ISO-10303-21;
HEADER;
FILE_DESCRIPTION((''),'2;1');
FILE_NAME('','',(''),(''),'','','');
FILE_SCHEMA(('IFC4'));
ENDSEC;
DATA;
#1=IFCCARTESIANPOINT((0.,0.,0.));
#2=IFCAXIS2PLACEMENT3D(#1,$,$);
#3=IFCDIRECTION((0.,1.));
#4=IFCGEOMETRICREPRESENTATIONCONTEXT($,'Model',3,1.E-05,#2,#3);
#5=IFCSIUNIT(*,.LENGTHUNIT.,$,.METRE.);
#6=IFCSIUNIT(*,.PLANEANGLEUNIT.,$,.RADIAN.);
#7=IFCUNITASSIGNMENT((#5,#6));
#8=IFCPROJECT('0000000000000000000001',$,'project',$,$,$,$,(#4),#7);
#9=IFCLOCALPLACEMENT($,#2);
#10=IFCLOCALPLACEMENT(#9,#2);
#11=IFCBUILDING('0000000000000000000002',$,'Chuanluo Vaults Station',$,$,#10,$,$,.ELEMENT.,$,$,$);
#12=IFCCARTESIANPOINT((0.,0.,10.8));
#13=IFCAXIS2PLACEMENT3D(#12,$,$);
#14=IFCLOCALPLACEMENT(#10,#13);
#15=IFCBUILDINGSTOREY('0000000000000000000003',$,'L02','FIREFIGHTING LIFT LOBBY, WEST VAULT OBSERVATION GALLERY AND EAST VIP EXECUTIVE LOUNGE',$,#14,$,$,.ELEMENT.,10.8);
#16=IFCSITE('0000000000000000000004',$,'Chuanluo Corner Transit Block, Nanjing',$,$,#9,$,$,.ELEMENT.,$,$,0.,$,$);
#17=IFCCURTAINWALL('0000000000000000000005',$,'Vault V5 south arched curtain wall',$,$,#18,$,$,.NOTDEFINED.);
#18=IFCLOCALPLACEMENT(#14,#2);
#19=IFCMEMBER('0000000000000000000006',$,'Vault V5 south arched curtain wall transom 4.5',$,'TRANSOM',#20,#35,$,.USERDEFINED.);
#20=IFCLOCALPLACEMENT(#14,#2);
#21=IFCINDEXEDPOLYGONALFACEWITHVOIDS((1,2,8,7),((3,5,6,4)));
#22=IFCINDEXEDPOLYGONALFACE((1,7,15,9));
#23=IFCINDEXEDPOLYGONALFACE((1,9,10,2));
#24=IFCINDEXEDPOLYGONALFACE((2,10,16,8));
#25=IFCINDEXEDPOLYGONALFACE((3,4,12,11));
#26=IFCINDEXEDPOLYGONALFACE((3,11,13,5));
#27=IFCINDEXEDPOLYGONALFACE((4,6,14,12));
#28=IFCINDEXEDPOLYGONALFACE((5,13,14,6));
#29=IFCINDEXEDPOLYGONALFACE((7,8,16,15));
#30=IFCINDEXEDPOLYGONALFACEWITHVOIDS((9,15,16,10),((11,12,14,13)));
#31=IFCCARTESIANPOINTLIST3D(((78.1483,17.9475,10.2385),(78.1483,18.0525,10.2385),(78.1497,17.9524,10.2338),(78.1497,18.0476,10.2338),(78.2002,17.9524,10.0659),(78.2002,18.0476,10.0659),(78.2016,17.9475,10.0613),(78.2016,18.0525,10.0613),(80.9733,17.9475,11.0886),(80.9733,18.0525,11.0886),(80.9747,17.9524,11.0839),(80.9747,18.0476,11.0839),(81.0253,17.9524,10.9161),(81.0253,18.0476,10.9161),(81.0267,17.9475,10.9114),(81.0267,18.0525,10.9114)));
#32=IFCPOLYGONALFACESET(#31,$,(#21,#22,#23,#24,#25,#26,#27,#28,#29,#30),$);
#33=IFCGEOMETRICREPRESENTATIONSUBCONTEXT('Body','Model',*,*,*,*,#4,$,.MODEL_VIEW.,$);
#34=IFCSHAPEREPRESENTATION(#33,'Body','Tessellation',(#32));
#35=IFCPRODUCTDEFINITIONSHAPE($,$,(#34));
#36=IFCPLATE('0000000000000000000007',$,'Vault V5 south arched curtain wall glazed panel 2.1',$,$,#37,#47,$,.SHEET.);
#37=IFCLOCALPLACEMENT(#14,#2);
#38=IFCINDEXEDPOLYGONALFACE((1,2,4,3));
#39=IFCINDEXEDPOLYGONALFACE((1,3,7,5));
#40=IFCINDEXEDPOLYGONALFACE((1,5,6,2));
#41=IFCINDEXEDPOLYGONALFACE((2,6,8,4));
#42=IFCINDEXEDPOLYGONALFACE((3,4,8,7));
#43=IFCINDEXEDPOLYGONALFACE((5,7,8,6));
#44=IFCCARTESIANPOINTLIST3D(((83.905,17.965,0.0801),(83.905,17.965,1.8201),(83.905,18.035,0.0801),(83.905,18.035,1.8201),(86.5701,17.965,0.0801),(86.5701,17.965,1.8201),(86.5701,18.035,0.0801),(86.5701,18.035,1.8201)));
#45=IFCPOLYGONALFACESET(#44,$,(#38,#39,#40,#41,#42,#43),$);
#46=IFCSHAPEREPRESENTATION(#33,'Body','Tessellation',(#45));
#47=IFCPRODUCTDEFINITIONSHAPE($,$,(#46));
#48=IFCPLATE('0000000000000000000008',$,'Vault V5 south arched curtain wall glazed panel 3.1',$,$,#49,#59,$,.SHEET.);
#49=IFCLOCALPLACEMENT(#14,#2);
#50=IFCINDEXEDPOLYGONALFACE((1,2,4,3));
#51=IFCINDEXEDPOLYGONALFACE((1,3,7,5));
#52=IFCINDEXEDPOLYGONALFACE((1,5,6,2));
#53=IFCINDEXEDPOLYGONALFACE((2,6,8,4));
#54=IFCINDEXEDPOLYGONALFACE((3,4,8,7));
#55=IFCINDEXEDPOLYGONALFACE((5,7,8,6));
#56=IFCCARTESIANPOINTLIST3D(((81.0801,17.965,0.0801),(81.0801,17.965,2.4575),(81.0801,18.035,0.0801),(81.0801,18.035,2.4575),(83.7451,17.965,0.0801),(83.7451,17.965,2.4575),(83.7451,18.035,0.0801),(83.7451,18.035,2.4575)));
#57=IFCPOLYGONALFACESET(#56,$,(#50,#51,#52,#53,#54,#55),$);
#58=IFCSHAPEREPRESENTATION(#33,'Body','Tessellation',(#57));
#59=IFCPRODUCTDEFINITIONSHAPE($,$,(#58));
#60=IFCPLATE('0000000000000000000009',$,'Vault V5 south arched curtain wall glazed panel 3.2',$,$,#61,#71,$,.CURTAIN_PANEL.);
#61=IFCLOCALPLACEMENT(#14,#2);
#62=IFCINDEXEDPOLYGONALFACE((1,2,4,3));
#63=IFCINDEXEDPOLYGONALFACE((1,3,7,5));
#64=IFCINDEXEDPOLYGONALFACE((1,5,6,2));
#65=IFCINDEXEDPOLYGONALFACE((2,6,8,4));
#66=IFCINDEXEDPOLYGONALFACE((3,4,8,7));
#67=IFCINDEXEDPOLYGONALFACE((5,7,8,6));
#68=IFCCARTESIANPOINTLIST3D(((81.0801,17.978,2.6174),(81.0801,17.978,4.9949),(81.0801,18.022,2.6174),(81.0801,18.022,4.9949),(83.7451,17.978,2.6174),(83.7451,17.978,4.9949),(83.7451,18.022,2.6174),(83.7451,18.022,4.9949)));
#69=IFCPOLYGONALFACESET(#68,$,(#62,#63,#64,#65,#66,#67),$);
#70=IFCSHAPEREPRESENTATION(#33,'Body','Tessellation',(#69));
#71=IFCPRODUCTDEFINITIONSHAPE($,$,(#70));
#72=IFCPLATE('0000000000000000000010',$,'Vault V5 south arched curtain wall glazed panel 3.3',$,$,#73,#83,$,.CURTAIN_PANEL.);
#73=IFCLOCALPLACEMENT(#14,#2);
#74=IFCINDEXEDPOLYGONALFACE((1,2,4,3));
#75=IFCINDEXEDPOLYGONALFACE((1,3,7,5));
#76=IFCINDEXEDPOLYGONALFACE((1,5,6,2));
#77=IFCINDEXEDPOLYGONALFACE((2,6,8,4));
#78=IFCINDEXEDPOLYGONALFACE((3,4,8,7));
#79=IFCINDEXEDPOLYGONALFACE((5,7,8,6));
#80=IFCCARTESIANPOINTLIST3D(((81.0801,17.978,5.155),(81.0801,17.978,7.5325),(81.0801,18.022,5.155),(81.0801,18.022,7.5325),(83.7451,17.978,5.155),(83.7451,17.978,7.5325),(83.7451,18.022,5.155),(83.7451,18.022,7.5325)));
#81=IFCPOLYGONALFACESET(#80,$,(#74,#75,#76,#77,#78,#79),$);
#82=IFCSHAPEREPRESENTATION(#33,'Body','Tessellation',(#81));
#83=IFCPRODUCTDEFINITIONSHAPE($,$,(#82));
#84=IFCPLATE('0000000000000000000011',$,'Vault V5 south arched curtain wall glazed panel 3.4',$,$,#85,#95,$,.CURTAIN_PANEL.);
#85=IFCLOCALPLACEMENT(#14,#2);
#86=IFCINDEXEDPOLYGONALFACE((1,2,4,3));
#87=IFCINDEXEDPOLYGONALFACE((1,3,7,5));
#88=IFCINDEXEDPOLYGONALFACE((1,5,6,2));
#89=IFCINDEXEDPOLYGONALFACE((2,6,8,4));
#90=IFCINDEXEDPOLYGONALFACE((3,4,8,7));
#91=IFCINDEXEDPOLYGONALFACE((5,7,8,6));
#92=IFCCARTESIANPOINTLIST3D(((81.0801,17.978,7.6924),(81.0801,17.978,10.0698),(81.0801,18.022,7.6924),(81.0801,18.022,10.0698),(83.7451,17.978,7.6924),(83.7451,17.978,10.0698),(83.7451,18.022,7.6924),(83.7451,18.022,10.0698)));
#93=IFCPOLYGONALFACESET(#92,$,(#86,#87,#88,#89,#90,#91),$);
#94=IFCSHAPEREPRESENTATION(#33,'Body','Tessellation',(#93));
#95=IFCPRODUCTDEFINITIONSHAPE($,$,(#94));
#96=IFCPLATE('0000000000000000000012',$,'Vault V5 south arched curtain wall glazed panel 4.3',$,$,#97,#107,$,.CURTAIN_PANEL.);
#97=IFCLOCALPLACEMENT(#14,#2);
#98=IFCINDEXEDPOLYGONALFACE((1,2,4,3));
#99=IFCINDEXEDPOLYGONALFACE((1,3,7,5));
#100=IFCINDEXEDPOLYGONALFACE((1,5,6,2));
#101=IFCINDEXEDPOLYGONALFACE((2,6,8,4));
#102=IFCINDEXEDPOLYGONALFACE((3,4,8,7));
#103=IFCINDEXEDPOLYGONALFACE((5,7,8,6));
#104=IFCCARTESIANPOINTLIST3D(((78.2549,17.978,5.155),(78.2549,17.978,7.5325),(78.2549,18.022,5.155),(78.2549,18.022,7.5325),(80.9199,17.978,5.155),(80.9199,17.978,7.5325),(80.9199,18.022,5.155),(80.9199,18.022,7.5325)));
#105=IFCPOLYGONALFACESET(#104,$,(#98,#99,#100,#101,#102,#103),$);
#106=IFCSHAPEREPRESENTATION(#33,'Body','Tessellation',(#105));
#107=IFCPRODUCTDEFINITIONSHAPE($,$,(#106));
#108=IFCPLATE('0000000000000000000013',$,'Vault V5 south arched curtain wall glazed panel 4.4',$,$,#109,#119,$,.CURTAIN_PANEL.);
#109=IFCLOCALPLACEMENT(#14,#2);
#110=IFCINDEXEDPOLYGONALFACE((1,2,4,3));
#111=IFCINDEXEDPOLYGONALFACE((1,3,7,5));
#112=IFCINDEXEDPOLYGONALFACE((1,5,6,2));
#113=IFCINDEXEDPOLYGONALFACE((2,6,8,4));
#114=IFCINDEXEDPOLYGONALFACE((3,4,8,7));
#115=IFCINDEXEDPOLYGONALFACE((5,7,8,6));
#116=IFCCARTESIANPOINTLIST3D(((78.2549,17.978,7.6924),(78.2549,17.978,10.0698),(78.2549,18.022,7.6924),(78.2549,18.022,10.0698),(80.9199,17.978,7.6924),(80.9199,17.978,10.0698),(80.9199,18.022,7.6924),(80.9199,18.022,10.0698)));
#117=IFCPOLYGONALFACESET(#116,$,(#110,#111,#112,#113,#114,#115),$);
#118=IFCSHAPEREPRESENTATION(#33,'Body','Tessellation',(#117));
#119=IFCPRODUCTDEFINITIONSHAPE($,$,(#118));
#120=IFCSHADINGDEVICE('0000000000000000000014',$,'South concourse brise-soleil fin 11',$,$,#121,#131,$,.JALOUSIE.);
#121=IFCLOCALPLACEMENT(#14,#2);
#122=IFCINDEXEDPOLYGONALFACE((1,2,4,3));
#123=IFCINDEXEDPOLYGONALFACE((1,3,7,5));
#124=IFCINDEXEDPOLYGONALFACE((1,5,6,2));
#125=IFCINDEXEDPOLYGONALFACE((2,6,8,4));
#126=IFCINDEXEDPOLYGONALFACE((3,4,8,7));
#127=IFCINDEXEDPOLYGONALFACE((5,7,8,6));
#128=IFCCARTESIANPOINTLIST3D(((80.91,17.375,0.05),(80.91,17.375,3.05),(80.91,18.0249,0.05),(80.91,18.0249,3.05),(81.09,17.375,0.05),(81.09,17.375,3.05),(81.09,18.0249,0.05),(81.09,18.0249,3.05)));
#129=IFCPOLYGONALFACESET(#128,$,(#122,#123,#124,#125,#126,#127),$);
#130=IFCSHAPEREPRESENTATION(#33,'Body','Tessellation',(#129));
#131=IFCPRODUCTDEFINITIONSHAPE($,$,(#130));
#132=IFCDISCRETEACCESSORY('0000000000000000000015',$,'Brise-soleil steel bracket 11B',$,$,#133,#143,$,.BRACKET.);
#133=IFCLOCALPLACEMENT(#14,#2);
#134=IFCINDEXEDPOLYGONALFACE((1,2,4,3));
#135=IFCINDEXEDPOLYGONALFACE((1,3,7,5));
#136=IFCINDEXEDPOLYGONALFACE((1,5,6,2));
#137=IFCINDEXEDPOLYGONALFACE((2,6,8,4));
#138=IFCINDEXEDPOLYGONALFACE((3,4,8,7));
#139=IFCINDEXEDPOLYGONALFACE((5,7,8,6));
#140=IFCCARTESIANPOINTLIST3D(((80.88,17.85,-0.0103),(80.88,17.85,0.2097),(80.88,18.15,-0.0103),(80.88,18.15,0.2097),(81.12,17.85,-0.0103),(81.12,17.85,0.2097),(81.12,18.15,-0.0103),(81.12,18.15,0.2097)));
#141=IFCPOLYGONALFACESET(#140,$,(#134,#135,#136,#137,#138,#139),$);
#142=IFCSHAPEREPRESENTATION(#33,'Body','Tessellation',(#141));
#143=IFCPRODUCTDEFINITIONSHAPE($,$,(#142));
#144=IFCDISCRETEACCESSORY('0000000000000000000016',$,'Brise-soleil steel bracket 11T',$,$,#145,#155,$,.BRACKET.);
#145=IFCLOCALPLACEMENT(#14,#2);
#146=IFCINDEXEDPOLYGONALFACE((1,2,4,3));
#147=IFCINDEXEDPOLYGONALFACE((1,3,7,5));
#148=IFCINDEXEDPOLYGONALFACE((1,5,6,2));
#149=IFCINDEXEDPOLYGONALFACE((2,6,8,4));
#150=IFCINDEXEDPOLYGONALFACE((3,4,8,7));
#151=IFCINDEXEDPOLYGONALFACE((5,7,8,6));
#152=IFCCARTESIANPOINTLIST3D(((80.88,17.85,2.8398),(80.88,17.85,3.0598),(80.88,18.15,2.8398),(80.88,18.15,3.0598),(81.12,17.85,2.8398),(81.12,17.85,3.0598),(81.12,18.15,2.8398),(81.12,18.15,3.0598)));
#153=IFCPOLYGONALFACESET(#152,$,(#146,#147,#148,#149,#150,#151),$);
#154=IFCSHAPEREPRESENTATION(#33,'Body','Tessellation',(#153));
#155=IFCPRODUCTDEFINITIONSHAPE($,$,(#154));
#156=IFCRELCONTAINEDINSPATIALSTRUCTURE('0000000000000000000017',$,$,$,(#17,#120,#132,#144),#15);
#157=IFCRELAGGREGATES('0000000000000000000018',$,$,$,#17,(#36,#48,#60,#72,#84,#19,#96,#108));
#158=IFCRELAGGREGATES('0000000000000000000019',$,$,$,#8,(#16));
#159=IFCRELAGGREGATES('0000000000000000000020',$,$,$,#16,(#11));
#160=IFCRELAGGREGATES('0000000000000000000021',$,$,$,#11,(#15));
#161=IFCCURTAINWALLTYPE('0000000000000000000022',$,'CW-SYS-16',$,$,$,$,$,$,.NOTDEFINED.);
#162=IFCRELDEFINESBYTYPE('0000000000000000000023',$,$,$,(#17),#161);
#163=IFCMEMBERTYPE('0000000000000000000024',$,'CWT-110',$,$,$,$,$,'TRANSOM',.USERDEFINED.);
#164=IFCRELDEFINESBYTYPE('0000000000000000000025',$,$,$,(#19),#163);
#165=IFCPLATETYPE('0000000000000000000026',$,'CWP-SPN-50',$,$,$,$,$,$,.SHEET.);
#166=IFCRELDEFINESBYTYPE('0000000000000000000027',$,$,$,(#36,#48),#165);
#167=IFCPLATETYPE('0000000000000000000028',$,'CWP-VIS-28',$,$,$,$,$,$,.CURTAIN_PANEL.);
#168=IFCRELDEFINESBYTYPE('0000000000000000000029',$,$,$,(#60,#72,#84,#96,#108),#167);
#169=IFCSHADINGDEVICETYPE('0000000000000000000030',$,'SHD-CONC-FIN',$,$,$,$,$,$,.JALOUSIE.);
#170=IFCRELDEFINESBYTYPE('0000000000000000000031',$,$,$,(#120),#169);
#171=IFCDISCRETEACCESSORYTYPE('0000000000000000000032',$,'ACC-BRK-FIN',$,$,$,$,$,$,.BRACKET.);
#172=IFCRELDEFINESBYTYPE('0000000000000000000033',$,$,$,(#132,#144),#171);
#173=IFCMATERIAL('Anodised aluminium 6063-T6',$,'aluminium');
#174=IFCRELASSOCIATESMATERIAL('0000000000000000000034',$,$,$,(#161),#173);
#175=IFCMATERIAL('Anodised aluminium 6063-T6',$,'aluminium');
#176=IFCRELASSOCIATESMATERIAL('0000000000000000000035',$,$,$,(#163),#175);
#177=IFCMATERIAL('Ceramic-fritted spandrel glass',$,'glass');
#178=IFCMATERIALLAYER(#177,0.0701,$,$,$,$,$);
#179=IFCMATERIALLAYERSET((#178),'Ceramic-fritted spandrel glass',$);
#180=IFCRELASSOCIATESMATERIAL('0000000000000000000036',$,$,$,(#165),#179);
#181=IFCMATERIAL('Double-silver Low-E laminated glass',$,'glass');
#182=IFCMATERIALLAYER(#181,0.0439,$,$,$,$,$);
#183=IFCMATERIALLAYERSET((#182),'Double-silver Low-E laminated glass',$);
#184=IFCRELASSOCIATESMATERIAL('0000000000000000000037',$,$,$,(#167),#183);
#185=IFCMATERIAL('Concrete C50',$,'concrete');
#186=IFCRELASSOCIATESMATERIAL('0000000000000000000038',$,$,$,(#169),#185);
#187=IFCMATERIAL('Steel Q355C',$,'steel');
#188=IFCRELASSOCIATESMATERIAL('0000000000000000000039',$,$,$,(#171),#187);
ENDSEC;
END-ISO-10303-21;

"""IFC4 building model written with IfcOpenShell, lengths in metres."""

from ifc_helpers import new_model, si_unit, direction, frame, origin, origin_2d, place, context, subcontext, project, spatial, rectangle, hollow_rectangle, extrude, material, layer, layer_set, material_profile, profile_set, type_object, element, aggregate, save


model = new_model("IFC4")

# Units and contexts
model_context = context("Model", 3, precision=1e-05, world=origin(), true_north=direction((0.0, 1.0)))
body_context = subcontext(model_context, "Body", "Model", "MODEL_VIEW")
ifc_project = project(units=[si_unit("LENGTHUNIT", "METRE"), si_unit("PLANEANGLEUNIT", "RADIAN")], contexts=[model_context])

# Site, building, storey
site_placement = place(None, origin())
site = spatial("IfcSite", under=ifc_project, at=site_placement, Name="Chuanluo Corner Transit Block, Nanjing", CompositionType="ELEMENT", RefElevation=0.0)
building_placement = place(site_placement, origin())
building = spatial("IfcBuilding", under=site, at=building_placement, Name="Chuanluo Vaults Station", CompositionType="ELEMENT")
storey_placement = place(building_placement, frame((0.0, 0.0, 10.8)))
storey = spatial("IfcBuildingStorey", under=building, at=storey_placement, Name="L02", Description="FIREFIGHTING LIFT LOBBY, WEST VAULT OBSERVATION GALLERY AND EAST VIP EXECUTIVE LOUNGE", CompositionType="ELEMENT", Elevation=10.8)

# Curtain wall, member, plates
ifc_material_1 = material(Name="Anodised aluminium 6063-T6", Category="aluminium")
curtain_wall_type = type_object("IfcCurtainWallType", Name="CW-SYS-16", PredefinedType="NOTDEFINED", material=ifc_material_1)
curtain_wall_placement = place(storey_placement, origin())
curtain_wall = element("IfcCurtainWall", 1, at=curtain_wall_placement, inside=storey, type_object=curtain_wall_type, Name="Vault V5 south arched curtain wall", PredefinedType="NOTDEFINED")
ifc_material_2 = material(Name="Anodised aluminium 6063-T6", Category="aluminium")
ifc_material_profile_1 = material_profile(ifc_material_2, hollow_rectangle(XDim=0.105, YDim=0.1851, WallThickness=0.0049, at=origin_2d()))
ifc_profile_set_1 = profile_set([ifc_material_profile_1], Name="Anodised aluminium 6063-T6")
member_type_1 = type_object("IfcMemberType", Name="CWT-110", ElementType="TRANSOM", PredefinedType="USERDEFINED", material=ifc_profile_set_1)
member_1_placement = place(storey_placement, frame((81.0, 18.0, 11.0), z_axis=(-0.957582, 0.0, -0.28816), x_axis=(0.0, -1.0, 0.0)))
member_1 = element("IfcMember", 2, at=member_1_placement, type_object=member_type_1, Name="Vault V5 south arched curtain wall transom 4.5", ObjectType="TRANSOM", PredefinedType="USERDEFINED", context=body_context, shape_type="SweptSolid", body=[
    extrude(hollow_rectangle(XDim=0.105, YDim=0.1851, WallThickness=0.0049, at=origin_2d()), origin(), (0.0, 0.0, 1.0), 2.9502),
])
ifc_material_3 = material(Name="Ceramic-fritted spandrel glass", Category="glass")
ifc_layer_1 = layer(ifc_material_3, 0.0701)
ifc_layer_set_1 = layer_set([ifc_layer_1], Name="Ceramic-fritted spandrel glass")
plate_type_1 = type_object("IfcPlateType", Name="CWP-SPN-50", PredefinedType="SHEET", material=ifc_layer_set_1)
plate_1_placement = place(storey_placement, frame((85.2375, 18.0, 0.0801), z_axis=(0.0, 0.0, 1.0), x_axis=(-1.0, 0.0, 0.0)))
plate_1 = element("IfcPlate", 3, at=plate_1_placement, type_object=plate_type_1, Name="Vault V5 south arched curtain wall glazed panel 2.1", PredefinedType="SHEET", context=body_context, shape_type="SweptSolid", body=[
    extrude(rectangle(XDim=2.665, YDim=0.0701, at=origin_2d()), origin(), (0.0, 0.0, 1.0), 1.74),
])
plate_2_placement = place(storey_placement, frame((82.4126, 18.0, 0.0801), z_axis=(0.0, 0.0, 1.0), x_axis=(-1.0, 0.0, 0.0)))
plate_2 = element("IfcPlate", 4, at=plate_2_placement, type_object=plate_type_1, Name="Vault V5 south arched curtain wall glazed panel 3.1", PredefinedType="SHEET", context=body_context, shape_type="SweptSolid", body=[
    extrude(rectangle(XDim=2.665, YDim=0.0701, at=origin_2d()), origin(), (0.0, 0.0, 1.0), 2.3774),
])
ifc_material_4 = material(Name="Double-silver Low-E laminated glass", Category="glass")
ifc_layer_2 = layer(ifc_material_4, 0.0439)
ifc_layer_set_2 = layer_set([ifc_layer_2], Name="Double-silver Low-E laminated glass")
plate_type_2 = type_object("IfcPlateType", Name="CWP-VIS-28", PredefinedType="CURTAIN_PANEL", material=ifc_layer_set_2)
plate_3_placement = place(storey_placement, frame((82.4126, 18.0, 2.6174), z_axis=(0.0, 0.0, 1.0), x_axis=(-1.0, 0.0, 0.0)))
plate_3 = element("IfcPlate", 5, at=plate_3_placement, type_object=plate_type_2, Name="Vault V5 south arched curtain wall glazed panel 3.2", PredefinedType="CURTAIN_PANEL", context=body_context, shape_type="SweptSolid", body=[
    extrude(rectangle(XDim=2.665, YDim=0.0439, at=origin_2d()), origin(), (0.0, 0.0, 1.0), 2.3774),
])
plate_4_placement = place(storey_placement, frame((82.4126, 18.0, 5.155), z_axis=(0.0, 0.0, 1.0), x_axis=(-1.0, 0.0, 0.0)))
plate_4 = element("IfcPlate", 6, at=plate_4_placement, type_object=plate_type_2, Name="Vault V5 south arched curtain wall glazed panel 3.3", PredefinedType="CURTAIN_PANEL", context=body_context, shape_type="SweptSolid", body=[
    extrude(rectangle(XDim=2.665, YDim=0.0439, at=origin_2d()), origin(), (0.0, 0.0, 1.0), 2.3774),
])
plate_5_placement = place(storey_placement, frame((82.4126, 18.0, 7.6924), z_axis=(0.0, 0.0, 1.0), x_axis=(-1.0, 0.0, 0.0)))
plate_5 = element("IfcPlate", 7, at=plate_5_placement, type_object=plate_type_2, Name="Vault V5 south arched curtain wall glazed panel 3.4", PredefinedType="CURTAIN_PANEL", context=body_context, shape_type="SweptSolid", body=[
    extrude(rectangle(XDim=2.665, YDim=0.0439, at=origin_2d()), origin(), (0.0, 0.0, 1.0), 2.3774),
])
plate_6_placement = place(storey_placement, frame((79.5874, 18.0, 5.155), z_axis=(0.0, 0.0, 1.0), x_axis=(-1.0, 0.0, 0.0)))
plate_6 = element("IfcPlate", 8, at=plate_6_placement, type_object=plate_type_2, Name="Vault V5 south arched curtain wall glazed panel 4.3", PredefinedType="CURTAIN_PANEL", context=body_context, shape_type="SweptSolid", body=[
    extrude(rectangle(XDim=2.665, YDim=0.0439, at=origin_2d()), origin(), (0.0, 0.0, 1.0), 2.3774),
])
plate_7_placement = place(storey_placement, frame((79.5874, 18.0, 7.6924), z_axis=(0.0, 0.0, 1.0), x_axis=(-1.0, 0.0, 0.0)))
plate_7 = element("IfcPlate", 9, at=plate_7_placement, type_object=plate_type_2, Name="Vault V5 south arched curtain wall glazed panel 4.4", PredefinedType="CURTAIN_PANEL", context=body_context, shape_type="SweptSolid", body=[
    extrude(rectangle(XDim=2.665, YDim=0.0439, at=origin_2d()), origin(), (0.0, 0.0, 1.0), 2.3774),
])
aggregate(curtain_wall, [plate_1, plate_2, plate_3, plate_4, plate_5, member_1, plate_6, plate_7])

# Shading device
ifc_material_5 = material(Name="Concrete C50", Category="concrete")
shading_device_type = type_object("IfcShadingDeviceType", Name="SHD-CONC-FIN", PredefinedType="JALOUSIE", material=ifc_material_5)
shading_device_placement = place(storey_placement, frame((81.0, 17.7, 0.05), z_axis=(0.0, 0.0, 1.0), x_axis=(1.0, 0.0, 0.0)))
element("IfcShadingDevice", 10, at=shading_device_placement, inside=storey, type_object=shading_device_type, Name="South concourse brise-soleil fin 11", PredefinedType="JALOUSIE", context=body_context, shape_type="SweptSolid", body=[
    extrude(rectangle(XDim=0.1799, YDim=0.6499, at=origin_2d()), origin(), (0.0, 0.0, 1.0), 3.0),
])

# Discrete accessories
ifc_material_6 = material(Name="Steel Q355C", Category="steel")
discrete_accessory_type = type_object("IfcDiscreteAccessoryType", Name="ACC-BRK-FIN", PredefinedType="BRACKET", material=ifc_material_6)
for number, where, z_axis, x_axis, name in (
    (11, (81.0, 18.0, -0.0103), (0.0, 0.0, 1.0), (1.0, 0.0, 0.0), "Brise-soleil steel bracket 11B"),
    (12, (81.0, 18.0, 2.8398), (0.0, 0.0, 1.0), (1.0, 0.0, 0.0), "Brise-soleil steel bracket 11T"),
):
    element("IfcDiscreteAccessory", number, at=place(storey_placement, frame(where, z_axis=z_axis, x_axis=x_axis)), inside=storey, type_object=discrete_accessory_type, Name=name, PredefinedType="BRACKET", context=body_context, shape_type="SweptSolid", body=[
        extrude(rectangle(XDim=0.24, YDim=0.3, at=origin_2d()), origin(), (0.0, 0.0, 1.0), 0.22),
    ])

save(model, "model.ifc")
